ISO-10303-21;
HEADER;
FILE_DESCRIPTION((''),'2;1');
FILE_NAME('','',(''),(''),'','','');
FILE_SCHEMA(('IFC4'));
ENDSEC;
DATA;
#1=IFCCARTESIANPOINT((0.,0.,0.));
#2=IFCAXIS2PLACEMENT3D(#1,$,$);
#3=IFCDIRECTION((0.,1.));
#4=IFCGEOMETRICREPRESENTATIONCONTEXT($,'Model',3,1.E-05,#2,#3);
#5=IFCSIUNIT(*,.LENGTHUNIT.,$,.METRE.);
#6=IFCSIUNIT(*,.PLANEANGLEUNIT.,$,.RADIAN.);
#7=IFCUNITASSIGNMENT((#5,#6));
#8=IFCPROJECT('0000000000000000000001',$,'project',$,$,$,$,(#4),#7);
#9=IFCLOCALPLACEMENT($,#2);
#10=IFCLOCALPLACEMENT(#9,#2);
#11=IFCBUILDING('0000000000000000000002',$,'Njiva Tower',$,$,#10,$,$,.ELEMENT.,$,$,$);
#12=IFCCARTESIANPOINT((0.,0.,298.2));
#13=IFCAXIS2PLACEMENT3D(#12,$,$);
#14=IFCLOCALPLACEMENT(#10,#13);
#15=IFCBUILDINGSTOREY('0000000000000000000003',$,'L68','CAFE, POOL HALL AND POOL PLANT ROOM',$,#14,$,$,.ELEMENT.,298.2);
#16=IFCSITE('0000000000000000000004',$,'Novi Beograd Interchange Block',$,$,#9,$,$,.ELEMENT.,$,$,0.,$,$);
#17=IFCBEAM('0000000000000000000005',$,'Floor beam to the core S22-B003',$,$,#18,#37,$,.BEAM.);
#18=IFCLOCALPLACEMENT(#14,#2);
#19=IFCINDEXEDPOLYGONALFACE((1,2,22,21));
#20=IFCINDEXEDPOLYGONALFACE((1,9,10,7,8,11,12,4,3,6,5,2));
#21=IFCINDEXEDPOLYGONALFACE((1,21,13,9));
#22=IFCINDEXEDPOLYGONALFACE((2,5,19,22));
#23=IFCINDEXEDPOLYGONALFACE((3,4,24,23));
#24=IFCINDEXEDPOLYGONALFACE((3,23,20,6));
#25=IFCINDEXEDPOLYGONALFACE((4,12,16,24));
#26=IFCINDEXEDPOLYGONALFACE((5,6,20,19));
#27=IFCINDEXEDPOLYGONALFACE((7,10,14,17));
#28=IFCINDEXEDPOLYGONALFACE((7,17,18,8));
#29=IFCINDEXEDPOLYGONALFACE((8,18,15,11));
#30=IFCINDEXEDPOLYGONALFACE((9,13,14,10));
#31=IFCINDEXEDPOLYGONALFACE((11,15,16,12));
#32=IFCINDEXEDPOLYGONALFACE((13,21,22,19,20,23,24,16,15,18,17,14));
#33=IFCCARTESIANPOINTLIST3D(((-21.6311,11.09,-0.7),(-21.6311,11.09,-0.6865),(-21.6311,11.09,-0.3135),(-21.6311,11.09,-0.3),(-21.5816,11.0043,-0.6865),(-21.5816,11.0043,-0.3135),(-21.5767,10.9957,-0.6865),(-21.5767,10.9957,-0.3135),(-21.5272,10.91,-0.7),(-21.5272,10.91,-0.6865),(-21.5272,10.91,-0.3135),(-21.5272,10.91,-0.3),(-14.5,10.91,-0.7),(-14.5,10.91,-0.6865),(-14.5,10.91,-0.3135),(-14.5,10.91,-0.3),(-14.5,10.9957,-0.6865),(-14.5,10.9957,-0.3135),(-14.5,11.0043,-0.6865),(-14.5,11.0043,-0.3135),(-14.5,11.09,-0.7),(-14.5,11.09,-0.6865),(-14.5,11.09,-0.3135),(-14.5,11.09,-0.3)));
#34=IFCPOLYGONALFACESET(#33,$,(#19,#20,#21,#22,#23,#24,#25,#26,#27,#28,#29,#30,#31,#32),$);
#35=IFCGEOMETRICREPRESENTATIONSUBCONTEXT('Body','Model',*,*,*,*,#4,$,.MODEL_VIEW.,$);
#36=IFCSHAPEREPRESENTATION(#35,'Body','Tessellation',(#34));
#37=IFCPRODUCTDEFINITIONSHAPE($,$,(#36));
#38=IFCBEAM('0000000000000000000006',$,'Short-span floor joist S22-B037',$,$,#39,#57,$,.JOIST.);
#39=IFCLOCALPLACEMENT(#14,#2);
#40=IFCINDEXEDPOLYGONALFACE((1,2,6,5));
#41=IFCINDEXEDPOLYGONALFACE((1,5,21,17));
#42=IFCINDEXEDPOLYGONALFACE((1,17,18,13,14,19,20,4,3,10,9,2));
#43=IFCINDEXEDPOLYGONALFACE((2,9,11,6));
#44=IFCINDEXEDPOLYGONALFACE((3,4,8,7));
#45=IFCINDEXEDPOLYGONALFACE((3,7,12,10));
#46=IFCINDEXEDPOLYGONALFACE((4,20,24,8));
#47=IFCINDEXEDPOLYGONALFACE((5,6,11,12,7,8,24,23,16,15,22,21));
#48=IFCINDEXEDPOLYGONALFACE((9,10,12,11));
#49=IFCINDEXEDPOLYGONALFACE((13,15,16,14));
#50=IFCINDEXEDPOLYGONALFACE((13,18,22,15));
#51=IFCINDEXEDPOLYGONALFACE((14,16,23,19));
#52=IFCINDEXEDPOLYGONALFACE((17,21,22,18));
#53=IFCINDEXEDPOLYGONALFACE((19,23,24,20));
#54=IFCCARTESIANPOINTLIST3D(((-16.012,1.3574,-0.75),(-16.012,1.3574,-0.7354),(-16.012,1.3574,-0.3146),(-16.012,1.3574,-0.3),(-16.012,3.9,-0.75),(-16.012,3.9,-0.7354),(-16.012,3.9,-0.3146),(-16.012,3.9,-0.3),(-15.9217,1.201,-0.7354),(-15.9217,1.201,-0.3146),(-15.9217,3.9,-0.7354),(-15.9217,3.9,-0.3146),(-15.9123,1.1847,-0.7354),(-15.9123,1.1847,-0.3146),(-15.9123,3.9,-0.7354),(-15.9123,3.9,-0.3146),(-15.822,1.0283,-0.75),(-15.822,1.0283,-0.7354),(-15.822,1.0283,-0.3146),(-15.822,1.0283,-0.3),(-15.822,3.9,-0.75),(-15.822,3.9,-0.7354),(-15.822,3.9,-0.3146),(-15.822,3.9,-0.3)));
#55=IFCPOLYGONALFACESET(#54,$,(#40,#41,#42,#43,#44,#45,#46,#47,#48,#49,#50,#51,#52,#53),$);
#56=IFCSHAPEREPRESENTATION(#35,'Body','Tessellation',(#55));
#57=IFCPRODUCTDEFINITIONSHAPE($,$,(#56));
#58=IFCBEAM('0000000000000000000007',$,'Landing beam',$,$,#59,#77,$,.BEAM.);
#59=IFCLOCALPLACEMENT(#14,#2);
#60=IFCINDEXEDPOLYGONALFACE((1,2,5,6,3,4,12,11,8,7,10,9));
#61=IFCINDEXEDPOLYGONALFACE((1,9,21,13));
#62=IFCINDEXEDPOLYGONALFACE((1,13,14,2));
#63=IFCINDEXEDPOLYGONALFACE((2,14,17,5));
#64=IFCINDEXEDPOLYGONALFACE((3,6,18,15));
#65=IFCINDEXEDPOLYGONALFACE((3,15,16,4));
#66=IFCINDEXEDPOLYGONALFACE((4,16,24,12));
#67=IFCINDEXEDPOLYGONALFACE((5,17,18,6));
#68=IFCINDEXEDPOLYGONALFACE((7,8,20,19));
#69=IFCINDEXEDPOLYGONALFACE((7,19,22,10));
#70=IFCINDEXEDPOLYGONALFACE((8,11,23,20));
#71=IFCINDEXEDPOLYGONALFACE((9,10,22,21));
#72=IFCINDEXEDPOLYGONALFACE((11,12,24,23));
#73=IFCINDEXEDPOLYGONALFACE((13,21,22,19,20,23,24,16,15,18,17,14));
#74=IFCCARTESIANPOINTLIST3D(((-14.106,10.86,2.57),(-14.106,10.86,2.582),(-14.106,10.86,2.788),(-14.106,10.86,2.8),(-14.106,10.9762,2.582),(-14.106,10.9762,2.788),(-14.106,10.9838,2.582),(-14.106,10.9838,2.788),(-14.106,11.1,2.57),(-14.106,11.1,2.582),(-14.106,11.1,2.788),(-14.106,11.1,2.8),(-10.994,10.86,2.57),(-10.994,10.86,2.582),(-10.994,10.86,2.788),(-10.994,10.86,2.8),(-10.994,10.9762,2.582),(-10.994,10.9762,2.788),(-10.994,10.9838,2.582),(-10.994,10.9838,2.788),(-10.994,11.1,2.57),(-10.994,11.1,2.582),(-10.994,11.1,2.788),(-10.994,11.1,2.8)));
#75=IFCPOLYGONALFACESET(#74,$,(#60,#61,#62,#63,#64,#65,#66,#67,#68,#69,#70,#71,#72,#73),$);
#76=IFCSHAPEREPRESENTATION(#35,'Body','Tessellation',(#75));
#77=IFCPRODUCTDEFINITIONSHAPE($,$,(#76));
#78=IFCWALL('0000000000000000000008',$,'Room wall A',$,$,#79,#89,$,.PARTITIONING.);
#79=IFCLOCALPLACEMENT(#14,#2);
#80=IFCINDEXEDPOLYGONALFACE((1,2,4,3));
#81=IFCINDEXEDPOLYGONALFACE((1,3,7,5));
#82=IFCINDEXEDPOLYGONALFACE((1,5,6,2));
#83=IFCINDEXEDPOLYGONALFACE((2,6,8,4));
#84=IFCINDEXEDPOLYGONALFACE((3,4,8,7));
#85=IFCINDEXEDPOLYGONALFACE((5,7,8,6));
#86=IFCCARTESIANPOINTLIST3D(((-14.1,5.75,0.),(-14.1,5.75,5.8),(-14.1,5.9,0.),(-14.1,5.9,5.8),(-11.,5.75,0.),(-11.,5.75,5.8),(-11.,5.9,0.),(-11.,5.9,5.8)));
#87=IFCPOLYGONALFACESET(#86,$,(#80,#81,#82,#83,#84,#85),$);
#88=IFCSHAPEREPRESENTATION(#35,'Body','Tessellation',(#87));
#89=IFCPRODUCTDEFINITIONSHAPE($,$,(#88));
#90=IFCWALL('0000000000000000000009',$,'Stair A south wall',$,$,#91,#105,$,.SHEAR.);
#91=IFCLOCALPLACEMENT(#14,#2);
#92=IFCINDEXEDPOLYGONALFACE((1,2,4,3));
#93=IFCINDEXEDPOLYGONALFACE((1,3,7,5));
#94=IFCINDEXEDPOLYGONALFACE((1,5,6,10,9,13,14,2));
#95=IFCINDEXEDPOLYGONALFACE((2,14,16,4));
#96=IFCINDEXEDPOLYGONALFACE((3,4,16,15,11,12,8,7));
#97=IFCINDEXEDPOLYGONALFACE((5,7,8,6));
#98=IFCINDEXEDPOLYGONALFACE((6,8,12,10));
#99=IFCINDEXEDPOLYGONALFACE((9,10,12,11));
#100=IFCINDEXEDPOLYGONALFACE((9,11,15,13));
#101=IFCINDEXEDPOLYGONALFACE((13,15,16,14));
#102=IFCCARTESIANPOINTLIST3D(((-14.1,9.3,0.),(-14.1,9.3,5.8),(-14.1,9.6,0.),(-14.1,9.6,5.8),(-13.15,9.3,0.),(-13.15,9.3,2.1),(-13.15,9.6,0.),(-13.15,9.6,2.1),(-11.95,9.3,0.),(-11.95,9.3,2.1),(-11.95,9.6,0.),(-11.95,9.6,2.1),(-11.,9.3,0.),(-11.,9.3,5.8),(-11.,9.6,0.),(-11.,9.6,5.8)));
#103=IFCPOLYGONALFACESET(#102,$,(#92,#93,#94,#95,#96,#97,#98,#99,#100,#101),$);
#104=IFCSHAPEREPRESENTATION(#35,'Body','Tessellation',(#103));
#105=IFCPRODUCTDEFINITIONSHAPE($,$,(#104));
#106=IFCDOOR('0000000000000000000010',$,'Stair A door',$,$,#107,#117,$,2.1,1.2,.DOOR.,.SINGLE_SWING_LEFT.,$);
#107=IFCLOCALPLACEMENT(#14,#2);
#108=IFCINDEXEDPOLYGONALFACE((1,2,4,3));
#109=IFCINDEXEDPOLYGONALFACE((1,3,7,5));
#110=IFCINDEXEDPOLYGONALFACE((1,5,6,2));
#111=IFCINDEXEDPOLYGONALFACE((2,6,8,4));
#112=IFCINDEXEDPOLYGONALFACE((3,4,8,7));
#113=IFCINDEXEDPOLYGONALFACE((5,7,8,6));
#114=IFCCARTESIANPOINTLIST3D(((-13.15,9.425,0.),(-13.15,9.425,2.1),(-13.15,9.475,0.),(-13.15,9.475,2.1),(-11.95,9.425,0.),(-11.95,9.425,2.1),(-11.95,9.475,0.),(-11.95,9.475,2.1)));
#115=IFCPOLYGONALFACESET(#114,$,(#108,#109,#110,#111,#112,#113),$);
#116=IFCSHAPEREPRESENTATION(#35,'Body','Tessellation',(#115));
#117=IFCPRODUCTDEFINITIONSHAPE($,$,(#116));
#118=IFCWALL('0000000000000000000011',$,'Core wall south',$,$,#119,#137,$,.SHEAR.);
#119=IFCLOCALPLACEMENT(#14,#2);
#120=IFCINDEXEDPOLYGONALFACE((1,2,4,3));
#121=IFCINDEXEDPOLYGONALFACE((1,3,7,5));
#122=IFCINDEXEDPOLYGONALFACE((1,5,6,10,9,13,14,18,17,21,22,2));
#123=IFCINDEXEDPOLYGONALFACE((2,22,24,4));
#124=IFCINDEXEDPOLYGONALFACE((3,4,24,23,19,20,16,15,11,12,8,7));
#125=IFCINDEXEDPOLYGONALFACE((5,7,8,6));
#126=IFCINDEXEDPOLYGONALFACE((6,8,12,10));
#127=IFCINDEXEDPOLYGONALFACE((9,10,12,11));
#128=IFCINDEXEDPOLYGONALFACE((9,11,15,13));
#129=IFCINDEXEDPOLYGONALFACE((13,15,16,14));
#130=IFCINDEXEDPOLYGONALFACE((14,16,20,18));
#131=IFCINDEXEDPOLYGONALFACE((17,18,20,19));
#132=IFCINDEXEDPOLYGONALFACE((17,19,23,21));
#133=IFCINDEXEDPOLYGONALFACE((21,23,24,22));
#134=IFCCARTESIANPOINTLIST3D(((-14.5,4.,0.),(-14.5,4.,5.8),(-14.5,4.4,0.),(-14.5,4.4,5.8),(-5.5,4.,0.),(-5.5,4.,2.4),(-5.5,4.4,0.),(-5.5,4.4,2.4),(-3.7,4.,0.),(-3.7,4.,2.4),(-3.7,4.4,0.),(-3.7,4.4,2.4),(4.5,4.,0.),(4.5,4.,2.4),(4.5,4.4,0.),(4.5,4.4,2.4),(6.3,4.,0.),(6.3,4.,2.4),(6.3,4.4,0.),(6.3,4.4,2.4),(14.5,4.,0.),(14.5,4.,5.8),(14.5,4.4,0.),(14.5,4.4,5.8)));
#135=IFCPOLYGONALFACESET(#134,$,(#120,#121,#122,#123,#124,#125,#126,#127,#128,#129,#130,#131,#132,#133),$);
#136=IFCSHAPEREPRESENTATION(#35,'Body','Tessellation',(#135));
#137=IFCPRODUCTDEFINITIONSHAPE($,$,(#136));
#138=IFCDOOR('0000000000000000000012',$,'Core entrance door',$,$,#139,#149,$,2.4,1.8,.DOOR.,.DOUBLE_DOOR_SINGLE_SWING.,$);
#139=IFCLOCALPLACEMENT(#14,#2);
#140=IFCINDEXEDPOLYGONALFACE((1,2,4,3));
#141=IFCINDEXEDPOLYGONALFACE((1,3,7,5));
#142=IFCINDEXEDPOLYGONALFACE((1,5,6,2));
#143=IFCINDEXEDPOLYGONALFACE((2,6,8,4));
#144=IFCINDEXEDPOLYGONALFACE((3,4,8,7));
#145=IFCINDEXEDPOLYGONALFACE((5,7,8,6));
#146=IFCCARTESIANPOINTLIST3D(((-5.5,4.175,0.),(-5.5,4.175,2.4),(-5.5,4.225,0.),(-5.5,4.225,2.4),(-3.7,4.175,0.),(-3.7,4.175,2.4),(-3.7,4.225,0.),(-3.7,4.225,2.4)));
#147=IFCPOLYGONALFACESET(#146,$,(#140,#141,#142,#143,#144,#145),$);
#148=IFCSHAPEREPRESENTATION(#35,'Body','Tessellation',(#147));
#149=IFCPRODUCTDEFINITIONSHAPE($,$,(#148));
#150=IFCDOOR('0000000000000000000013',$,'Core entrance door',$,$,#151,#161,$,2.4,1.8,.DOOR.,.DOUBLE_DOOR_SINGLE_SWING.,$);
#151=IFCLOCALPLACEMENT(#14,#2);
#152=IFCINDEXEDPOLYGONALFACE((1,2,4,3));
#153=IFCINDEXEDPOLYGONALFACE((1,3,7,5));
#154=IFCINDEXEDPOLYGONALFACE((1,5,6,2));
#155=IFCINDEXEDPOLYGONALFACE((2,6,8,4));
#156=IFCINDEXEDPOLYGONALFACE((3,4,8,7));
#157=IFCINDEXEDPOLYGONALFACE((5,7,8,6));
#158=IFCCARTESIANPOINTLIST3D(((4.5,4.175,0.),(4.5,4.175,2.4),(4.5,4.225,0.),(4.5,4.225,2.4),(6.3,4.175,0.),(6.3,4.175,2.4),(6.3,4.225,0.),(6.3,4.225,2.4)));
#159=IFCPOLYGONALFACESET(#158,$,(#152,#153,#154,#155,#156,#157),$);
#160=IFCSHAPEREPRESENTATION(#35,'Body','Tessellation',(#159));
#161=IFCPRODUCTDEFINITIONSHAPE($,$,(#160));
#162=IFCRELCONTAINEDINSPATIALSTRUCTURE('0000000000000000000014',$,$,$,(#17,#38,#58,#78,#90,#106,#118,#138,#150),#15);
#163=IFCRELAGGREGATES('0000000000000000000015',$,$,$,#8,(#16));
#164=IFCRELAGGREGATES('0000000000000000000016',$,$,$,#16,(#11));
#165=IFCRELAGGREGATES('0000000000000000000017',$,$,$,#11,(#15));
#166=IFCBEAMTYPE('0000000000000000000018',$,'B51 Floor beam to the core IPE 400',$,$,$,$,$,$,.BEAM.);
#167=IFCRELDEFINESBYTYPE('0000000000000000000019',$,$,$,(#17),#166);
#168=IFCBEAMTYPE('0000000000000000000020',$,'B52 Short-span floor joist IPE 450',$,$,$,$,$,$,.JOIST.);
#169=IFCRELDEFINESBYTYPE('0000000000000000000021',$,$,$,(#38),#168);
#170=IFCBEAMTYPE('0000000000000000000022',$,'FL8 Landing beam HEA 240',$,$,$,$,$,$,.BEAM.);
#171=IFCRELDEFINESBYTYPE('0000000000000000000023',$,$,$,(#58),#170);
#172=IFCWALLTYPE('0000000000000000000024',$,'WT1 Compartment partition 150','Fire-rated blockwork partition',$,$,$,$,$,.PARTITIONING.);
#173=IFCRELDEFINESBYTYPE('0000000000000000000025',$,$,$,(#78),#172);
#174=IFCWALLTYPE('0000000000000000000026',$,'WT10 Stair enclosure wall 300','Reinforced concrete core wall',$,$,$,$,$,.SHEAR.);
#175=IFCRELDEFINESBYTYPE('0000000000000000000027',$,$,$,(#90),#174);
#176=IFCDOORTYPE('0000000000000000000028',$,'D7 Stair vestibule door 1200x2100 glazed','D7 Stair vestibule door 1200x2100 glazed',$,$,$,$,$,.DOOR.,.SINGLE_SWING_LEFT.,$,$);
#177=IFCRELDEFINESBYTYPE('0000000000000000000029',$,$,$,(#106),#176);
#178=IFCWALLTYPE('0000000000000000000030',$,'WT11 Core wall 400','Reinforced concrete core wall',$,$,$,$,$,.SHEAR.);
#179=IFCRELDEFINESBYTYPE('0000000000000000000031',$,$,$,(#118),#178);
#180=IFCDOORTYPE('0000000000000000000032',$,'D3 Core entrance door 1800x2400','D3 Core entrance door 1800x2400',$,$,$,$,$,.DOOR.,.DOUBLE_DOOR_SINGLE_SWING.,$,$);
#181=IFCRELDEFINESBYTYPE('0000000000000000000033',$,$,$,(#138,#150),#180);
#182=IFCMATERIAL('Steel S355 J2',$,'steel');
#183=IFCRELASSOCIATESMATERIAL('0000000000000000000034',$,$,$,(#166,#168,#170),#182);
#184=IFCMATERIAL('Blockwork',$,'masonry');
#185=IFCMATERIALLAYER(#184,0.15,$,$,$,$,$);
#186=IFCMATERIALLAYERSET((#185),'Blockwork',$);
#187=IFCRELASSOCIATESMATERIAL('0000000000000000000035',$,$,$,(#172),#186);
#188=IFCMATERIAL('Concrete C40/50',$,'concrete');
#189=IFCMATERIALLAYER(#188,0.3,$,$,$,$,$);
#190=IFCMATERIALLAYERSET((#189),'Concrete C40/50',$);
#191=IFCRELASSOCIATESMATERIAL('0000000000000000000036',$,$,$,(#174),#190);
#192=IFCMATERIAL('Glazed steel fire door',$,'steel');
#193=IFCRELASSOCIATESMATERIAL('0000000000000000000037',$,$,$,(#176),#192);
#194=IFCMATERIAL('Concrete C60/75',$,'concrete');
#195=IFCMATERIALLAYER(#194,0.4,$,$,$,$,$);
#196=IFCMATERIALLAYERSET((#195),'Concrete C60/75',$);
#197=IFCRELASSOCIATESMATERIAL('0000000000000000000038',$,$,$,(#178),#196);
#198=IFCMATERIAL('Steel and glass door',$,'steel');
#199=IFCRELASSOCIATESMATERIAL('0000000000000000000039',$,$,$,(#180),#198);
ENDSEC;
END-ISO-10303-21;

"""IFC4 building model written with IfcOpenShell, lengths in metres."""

from ifc_helpers import new_model, si_unit, direction, frame, frame_2d, origin, origin_2d, place, context, subcontext, project, spatial, rectangle, i_section, extrude, clip, halfspace, material, layer, layer_set, material_profile, profile_set, type_object, element, fill, save


model = new_model("IFC4")

# Units and contexts
model_context = context("Model", 3, precision=1e-05, world=origin(), true_north=direction((0.0, 1.0)))
body_context = subcontext(model_context, "Body", "Model", "MODEL_VIEW")
ifc_project = project(units=[si_unit("LENGTHUNIT", "METRE"), si_unit("PLANEANGLEUNIT", "RADIAN")], contexts=[model_context])

# Site, building, storey
site_placement = place(None, origin())
site = spatial("IfcSite", under=ifc_project, at=site_placement, Name="Novi Beograd Interchange Block", CompositionType="ELEMENT", RefElevation=0.0)
building_placement = place(site_placement, origin())
building = spatial("IfcBuilding", under=site, at=building_placement, Name="Njiva Tower", CompositionType="ELEMENT")
storey_placement = place(building_placement, frame((0.0, 0.0, 298.2)))
storey = spatial("IfcBuildingStorey", under=building, at=storey_placement, Name="L68", Description="CAFE, POOL HALL AND POOL PLANT ROOM", CompositionType="ELEMENT", Elevation=298.2)

# Shared definitions
ifc_material_1 = material(Name="Steel S355 J2", Category="steel")

# Beams
ifc_material_profile_1 = material_profile(ifc_material_1, i_section(OverallWidth=0.18, OverallDepth=0.4, WebThickness=0.0086, FlangeThickness=0.0135, at=origin_2d()), Name="IPE 400")
ifc_profile_set_1 = profile_set([ifc_material_profile_1], Name="Steel S355 J2")
beam_type_1 = type_object("IfcBeamType", Name="B51 Floor beam to the core IPE 400", PredefinedType="BEAM", material=ifc_profile_set_1)
beam_1_placement = place(storey_placement, frame((-21.651, 11.0, -0.5), z_axis=(1.0, 0.0, 0.0), x_axis=(0.0, 1.0, 0.0)))
element("IfcBeam", 1, at=beam_1_placement, inside=storey, type_object=beam_type_1, Name="Floor beam to the core S22-B003", PredefinedType="BEAM", context=body_context, shape_type="Clipping", body=[
    clip(extrude(i_section(OverallWidth=0.18, OverallDepth=0.4, WebThickness=0.0086, FlangeThickness=0.0135, at=origin_2d()), origin(), (0.0, 0.0, 1.0), 7.151), halfspace(frame((-0.025, 0.0, 0.0863), z_axis=(-0.499998, 0.0, -0.866027), x_axis=(0.0, -1.0, 0.0)), False)),
])
ifc_material_profile_2 = material_profile(ifc_material_1, i_section(OverallWidth=0.19, OverallDepth=0.45, WebThickness=0.0094, FlangeThickness=0.0146, at=origin_2d()), Name="IPE 450")
ifc_profile_set_2 = profile_set([ifc_material_profile_2], Name="Steel S355 J2")
beam_type_2 = type_object("IfcBeamType", Name="B52 Short-span floor joist IPE 450", PredefinedType="JOIST", material=ifc_profile_set_2)
beam_2_placement = place(storey_placement, frame((-15.917, 3.9, -0.525), z_axis=(0.0, -1.0, 0.0), x_axis=(1.0, 0.0, 0.0)))
element("IfcBeam", 2, at=beam_2_placement, inside=storey, type_object=beam_type_2, Name="Short-span floor joist S22-B037", PredefinedType="JOIST", context=body_context, shape_type="Clipping", body=[
    clip(extrude(i_section(OverallWidth=0.19, OverallDepth=0.45, WebThickness=0.0094, FlangeThickness=0.0146, at=origin_2d()), origin(), (0.0, 0.0, 1.0), 2.893), halfspace(frame((-0.043, 0.0, 2.6327), z_axis=(-0.866027, 0.0, 0.499998), x_axis=(0.0, 1.0, 0.0)), False)),
])
ifc_material_profile_3 = material_profile(ifc_material_1, i_section(OverallWidth=0.24, OverallDepth=0.23, WebThickness=0.0075, FlangeThickness=0.012, at=origin_2d()), Name="HEA240")
ifc_profile_set_3 = profile_set([ifc_material_profile_3], Name="Steel S355 J2")
beam_type_3 = type_object("IfcBeamType", Name="FL8 Landing beam HEA 240", PredefinedType="BEAM", material=ifc_profile_set_3)
beam_3_placement = place(storey_placement, frame((-14.106, 10.98, 2.685), z_axis=(1.0, 0.0, 0.0), x_axis=(0.0, 1.0, 0.0)))
element("IfcBeam", 3, at=beam_3_placement, inside=storey, type_object=beam_type_3, Name="Landing beam", PredefinedType="BEAM", context=body_context, shape_type="SweptSolid", body=[
    extrude(i_section(OverallWidth=0.24, OverallDepth=0.23, WebThickness=0.0075, FlangeThickness=0.012, at=origin_2d()), origin(), (0.0, 0.0, 1.0), 3.112),
])

# Wall
ifc_material_2 = material(Name="Blockwork", Category="masonry")
ifc_layer_1 = layer(ifc_material_2, 0.15)
ifc_layer_set_1 = layer_set([ifc_layer_1], Name="Blockwork")
wall_type_1 = type_object("IfcWallType", Name="WT1 Compartment partition 150", Description="Fire-rated blockwork partition", PredefinedType="PARTITIONING", material=ifc_layer_set_1)
wall_1_placement = place(storey_placement, frame((-14.1, 5.825, 0.0), z_axis=(0.0, 0.0, 1.0), x_axis=(1.0, 0.0, 0.0)))
element("IfcWall", 4, at=wall_1_placement, inside=storey, type_object=wall_type_1, Name="Room wall A", PredefinedType="PARTITIONING", context=body_context, shape_type="SweptSolid", body=[
    extrude(rectangle(XDim=3.1, YDim=0.15, at=frame_2d((1.55, 0.0))), origin(), (0.0, 0.0, 1.0), 5.8),
])

# Wall, opening, door
ifc_material_3 = material(Name="Concrete C40/50", Category="concrete")
ifc_layer_2 = layer(ifc_material_3, 0.3)
ifc_layer_set_2 = layer_set([ifc_layer_2], Name="Concrete C40/50")
wall_type_2 = type_object("IfcWallType", Name="WT10 Stair enclosure wall 300", Description="Reinforced concrete core wall", PredefinedType="SHEAR", material=ifc_layer_set_2)
wall_2_placement = place(storey_placement, frame((-14.1, 9.45, 0.0), z_axis=(0.0, 0.0, 1.0), x_axis=(1.0, 0.0, 0.0)))
wall_2 = element("IfcWall", 5, at=wall_2_placement, inside=storey, type_object=wall_type_2, Name="Stair A south wall", PredefinedType="SHEAR", context=body_context, shape_type="SweptSolid", body=[
    extrude(rectangle(XDim=3.1, YDim=0.3, at=frame_2d((1.55, 0.0))), origin(), (0.0, 0.0, 1.0), 5.8),
])
opening_1_placement = place(wall_2_placement, frame((0.95, 0.0, 0.0)))
opening_1 = element("IfcOpeningElement", 6, at=opening_1_placement, cuts=wall_2, PredefinedType="OPENING", context=body_context, shape_type="SweptSolid", body=[
    extrude(rectangle(XDim=1.2, YDim=2.1, at=frame_2d((0.6, 1.05))), frame((0.0, 0.16, 0.0), z_axis=(0.0, -1.0, 0.0), x_axis=(1.0, 0.0, 0.0)), (0.0, 0.0, 1.0), 0.32),
])
ifc_material_4 = material(Name="Glazed steel fire door", Category="steel")
door_type_1 = type_object("IfcDoorType", Name="D7 Stair vestibule door 1200x2100 glazed", Description="D7 Stair vestibule door 1200x2100 glazed", OperationType="SINGLE_SWING_LEFT", PredefinedType="DOOR", material=ifc_material_4)
door_1_placement = place(opening_1_placement, origin())
door_1 = element("IfcDoor", 7, at=door_1_placement, inside=storey, type_object=door_type_1, Name="Stair A door", OperationType="SINGLE_SWING_LEFT", OverallHeight=2.1, OverallWidth=1.2, PredefinedType="DOOR", context=body_context, shape_type="SweptSolid", body=[
    extrude(rectangle(XDim=1.2, YDim=2.1, at=frame_2d((0.6, 1.05))), frame((0.0, 0.025, 0.0), z_axis=(0.0, -1.0, 0.0), x_axis=(1.0, 0.0, 0.0)), (0.0, 0.0, 1.0), 0.05),
])
fill(opening_1, door_1)

# Wall, openings, doors
ifc_material_5 = material(Name="Concrete C60/75", Category="concrete")
ifc_layer_3 = layer(ifc_material_5, 0.4)
ifc_layer_set_3 = layer_set([ifc_layer_3], Name="Concrete C60/75")
wall_type_3 = type_object("IfcWallType", Name="WT11 Core wall 400", Description="Reinforced concrete core wall", PredefinedType="SHEAR", material=ifc_layer_set_3)
wall_3_placement = place(storey_placement, frame((-14.5, 4.2, 0.0), z_axis=(0.0, 0.0, 1.0), x_axis=(1.0, 0.0, 0.0)))
wall_3 = element("IfcWall", 8, at=wall_3_placement, inside=storey, type_object=wall_type_3, Name="Core wall south", PredefinedType="SHEAR", context=body_context, shape_type="SweptSolid", body=[
    extrude(rectangle(XDim=29.0, YDim=0.4, at=frame_2d((14.5, 0.0))), origin(), (0.0, 0.0, 1.0), 5.8),
])
opening_2_placement = place(wall_3_placement, frame((9.0, 0.0, 0.0)))
opening_2 = element("IfcOpeningElement", 9, at=opening_2_placement, cuts=wall_3, PredefinedType="OPENING", context=body_context, shape_type="SweptSolid", body=[
    extrude(rectangle(XDim=1.8, YDim=2.4, at=frame_2d((0.9, 1.2))), frame((0.0, 0.21, 0.0), z_axis=(0.0, -1.0, 0.0), x_axis=(1.0, 0.0, 0.0)), (0.0, 0.0, 1.0), 0.42),
])
opening_3_placement = place(wall_3_placement, frame((19.0, 0.0, 0.0)))
opening_3 = element("IfcOpeningElement", 10, at=opening_3_placement, cuts=wall_3, PredefinedType="OPENING", context=body_context, shape_type="SweptSolid", body=[
    extrude(rectangle(XDim=1.8, YDim=2.4, at=frame_2d((0.9, 1.2))), frame((0.0, 0.21, 0.0), z_axis=(0.0, -1.0, 0.0), x_axis=(1.0, 0.0, 0.0)), (0.0, 0.0, 1.0), 0.42),
])
ifc_material_6 = material(Name="Steel and glass door", Category="steel")
door_type_2 = type_object("IfcDoorType", Name="D3 Core entrance door 1800x2400", Description="D3 Core entrance door 1800x2400", OperationType="DOUBLE_DOOR_SINGLE_SWING", PredefinedType="DOOR", material=ifc_material_6)
door_2_placement = place(opening_2_placement, origin())
door_2 = element("IfcDoor", 11, at=door_2_placement, inside=storey, type_object=door_type_2, Name="Core entrance door", OperationType="DOUBLE_DOOR_SINGLE_SWING", OverallHeight=2.4, OverallWidth=1.8, PredefinedType="DOOR", context=body_context, shape_type="SweptSolid", body=[
    extrude(rectangle(XDim=1.8, YDim=2.4, at=frame_2d((0.9, 1.2))), frame((0.0, 0.025, 0.0), z_axis=(0.0, -1.0, 0.0), x_axis=(1.0, 0.0, 0.0)), (0.0, 0.0, 1.0), 0.05),
])
fill(opening_2, door_2)
door_3_placement = place(opening_3_placement, origin())
door_3 = element("IfcDoor", 12, at=door_3_placement, inside=storey, type_object=door_type_2, Name="Core entrance door", OperationType="DOUBLE_DOOR_SINGLE_SWING", OverallHeight=2.4, OverallWidth=1.8, PredefinedType="DOOR", context=body_context, shape_type="SweptSolid", body=[
    extrude(rectangle(XDim=1.8, YDim=2.4, at=frame_2d((0.9, 1.2))), frame((0.0, 0.025, 0.0), z_axis=(0.0, -1.0, 0.0), x_axis=(1.0, 0.0, 0.0)), (0.0, 0.0, 1.0), 0.05),
])
fill(opening_3, door_3)

save(model, "model.ifc")
